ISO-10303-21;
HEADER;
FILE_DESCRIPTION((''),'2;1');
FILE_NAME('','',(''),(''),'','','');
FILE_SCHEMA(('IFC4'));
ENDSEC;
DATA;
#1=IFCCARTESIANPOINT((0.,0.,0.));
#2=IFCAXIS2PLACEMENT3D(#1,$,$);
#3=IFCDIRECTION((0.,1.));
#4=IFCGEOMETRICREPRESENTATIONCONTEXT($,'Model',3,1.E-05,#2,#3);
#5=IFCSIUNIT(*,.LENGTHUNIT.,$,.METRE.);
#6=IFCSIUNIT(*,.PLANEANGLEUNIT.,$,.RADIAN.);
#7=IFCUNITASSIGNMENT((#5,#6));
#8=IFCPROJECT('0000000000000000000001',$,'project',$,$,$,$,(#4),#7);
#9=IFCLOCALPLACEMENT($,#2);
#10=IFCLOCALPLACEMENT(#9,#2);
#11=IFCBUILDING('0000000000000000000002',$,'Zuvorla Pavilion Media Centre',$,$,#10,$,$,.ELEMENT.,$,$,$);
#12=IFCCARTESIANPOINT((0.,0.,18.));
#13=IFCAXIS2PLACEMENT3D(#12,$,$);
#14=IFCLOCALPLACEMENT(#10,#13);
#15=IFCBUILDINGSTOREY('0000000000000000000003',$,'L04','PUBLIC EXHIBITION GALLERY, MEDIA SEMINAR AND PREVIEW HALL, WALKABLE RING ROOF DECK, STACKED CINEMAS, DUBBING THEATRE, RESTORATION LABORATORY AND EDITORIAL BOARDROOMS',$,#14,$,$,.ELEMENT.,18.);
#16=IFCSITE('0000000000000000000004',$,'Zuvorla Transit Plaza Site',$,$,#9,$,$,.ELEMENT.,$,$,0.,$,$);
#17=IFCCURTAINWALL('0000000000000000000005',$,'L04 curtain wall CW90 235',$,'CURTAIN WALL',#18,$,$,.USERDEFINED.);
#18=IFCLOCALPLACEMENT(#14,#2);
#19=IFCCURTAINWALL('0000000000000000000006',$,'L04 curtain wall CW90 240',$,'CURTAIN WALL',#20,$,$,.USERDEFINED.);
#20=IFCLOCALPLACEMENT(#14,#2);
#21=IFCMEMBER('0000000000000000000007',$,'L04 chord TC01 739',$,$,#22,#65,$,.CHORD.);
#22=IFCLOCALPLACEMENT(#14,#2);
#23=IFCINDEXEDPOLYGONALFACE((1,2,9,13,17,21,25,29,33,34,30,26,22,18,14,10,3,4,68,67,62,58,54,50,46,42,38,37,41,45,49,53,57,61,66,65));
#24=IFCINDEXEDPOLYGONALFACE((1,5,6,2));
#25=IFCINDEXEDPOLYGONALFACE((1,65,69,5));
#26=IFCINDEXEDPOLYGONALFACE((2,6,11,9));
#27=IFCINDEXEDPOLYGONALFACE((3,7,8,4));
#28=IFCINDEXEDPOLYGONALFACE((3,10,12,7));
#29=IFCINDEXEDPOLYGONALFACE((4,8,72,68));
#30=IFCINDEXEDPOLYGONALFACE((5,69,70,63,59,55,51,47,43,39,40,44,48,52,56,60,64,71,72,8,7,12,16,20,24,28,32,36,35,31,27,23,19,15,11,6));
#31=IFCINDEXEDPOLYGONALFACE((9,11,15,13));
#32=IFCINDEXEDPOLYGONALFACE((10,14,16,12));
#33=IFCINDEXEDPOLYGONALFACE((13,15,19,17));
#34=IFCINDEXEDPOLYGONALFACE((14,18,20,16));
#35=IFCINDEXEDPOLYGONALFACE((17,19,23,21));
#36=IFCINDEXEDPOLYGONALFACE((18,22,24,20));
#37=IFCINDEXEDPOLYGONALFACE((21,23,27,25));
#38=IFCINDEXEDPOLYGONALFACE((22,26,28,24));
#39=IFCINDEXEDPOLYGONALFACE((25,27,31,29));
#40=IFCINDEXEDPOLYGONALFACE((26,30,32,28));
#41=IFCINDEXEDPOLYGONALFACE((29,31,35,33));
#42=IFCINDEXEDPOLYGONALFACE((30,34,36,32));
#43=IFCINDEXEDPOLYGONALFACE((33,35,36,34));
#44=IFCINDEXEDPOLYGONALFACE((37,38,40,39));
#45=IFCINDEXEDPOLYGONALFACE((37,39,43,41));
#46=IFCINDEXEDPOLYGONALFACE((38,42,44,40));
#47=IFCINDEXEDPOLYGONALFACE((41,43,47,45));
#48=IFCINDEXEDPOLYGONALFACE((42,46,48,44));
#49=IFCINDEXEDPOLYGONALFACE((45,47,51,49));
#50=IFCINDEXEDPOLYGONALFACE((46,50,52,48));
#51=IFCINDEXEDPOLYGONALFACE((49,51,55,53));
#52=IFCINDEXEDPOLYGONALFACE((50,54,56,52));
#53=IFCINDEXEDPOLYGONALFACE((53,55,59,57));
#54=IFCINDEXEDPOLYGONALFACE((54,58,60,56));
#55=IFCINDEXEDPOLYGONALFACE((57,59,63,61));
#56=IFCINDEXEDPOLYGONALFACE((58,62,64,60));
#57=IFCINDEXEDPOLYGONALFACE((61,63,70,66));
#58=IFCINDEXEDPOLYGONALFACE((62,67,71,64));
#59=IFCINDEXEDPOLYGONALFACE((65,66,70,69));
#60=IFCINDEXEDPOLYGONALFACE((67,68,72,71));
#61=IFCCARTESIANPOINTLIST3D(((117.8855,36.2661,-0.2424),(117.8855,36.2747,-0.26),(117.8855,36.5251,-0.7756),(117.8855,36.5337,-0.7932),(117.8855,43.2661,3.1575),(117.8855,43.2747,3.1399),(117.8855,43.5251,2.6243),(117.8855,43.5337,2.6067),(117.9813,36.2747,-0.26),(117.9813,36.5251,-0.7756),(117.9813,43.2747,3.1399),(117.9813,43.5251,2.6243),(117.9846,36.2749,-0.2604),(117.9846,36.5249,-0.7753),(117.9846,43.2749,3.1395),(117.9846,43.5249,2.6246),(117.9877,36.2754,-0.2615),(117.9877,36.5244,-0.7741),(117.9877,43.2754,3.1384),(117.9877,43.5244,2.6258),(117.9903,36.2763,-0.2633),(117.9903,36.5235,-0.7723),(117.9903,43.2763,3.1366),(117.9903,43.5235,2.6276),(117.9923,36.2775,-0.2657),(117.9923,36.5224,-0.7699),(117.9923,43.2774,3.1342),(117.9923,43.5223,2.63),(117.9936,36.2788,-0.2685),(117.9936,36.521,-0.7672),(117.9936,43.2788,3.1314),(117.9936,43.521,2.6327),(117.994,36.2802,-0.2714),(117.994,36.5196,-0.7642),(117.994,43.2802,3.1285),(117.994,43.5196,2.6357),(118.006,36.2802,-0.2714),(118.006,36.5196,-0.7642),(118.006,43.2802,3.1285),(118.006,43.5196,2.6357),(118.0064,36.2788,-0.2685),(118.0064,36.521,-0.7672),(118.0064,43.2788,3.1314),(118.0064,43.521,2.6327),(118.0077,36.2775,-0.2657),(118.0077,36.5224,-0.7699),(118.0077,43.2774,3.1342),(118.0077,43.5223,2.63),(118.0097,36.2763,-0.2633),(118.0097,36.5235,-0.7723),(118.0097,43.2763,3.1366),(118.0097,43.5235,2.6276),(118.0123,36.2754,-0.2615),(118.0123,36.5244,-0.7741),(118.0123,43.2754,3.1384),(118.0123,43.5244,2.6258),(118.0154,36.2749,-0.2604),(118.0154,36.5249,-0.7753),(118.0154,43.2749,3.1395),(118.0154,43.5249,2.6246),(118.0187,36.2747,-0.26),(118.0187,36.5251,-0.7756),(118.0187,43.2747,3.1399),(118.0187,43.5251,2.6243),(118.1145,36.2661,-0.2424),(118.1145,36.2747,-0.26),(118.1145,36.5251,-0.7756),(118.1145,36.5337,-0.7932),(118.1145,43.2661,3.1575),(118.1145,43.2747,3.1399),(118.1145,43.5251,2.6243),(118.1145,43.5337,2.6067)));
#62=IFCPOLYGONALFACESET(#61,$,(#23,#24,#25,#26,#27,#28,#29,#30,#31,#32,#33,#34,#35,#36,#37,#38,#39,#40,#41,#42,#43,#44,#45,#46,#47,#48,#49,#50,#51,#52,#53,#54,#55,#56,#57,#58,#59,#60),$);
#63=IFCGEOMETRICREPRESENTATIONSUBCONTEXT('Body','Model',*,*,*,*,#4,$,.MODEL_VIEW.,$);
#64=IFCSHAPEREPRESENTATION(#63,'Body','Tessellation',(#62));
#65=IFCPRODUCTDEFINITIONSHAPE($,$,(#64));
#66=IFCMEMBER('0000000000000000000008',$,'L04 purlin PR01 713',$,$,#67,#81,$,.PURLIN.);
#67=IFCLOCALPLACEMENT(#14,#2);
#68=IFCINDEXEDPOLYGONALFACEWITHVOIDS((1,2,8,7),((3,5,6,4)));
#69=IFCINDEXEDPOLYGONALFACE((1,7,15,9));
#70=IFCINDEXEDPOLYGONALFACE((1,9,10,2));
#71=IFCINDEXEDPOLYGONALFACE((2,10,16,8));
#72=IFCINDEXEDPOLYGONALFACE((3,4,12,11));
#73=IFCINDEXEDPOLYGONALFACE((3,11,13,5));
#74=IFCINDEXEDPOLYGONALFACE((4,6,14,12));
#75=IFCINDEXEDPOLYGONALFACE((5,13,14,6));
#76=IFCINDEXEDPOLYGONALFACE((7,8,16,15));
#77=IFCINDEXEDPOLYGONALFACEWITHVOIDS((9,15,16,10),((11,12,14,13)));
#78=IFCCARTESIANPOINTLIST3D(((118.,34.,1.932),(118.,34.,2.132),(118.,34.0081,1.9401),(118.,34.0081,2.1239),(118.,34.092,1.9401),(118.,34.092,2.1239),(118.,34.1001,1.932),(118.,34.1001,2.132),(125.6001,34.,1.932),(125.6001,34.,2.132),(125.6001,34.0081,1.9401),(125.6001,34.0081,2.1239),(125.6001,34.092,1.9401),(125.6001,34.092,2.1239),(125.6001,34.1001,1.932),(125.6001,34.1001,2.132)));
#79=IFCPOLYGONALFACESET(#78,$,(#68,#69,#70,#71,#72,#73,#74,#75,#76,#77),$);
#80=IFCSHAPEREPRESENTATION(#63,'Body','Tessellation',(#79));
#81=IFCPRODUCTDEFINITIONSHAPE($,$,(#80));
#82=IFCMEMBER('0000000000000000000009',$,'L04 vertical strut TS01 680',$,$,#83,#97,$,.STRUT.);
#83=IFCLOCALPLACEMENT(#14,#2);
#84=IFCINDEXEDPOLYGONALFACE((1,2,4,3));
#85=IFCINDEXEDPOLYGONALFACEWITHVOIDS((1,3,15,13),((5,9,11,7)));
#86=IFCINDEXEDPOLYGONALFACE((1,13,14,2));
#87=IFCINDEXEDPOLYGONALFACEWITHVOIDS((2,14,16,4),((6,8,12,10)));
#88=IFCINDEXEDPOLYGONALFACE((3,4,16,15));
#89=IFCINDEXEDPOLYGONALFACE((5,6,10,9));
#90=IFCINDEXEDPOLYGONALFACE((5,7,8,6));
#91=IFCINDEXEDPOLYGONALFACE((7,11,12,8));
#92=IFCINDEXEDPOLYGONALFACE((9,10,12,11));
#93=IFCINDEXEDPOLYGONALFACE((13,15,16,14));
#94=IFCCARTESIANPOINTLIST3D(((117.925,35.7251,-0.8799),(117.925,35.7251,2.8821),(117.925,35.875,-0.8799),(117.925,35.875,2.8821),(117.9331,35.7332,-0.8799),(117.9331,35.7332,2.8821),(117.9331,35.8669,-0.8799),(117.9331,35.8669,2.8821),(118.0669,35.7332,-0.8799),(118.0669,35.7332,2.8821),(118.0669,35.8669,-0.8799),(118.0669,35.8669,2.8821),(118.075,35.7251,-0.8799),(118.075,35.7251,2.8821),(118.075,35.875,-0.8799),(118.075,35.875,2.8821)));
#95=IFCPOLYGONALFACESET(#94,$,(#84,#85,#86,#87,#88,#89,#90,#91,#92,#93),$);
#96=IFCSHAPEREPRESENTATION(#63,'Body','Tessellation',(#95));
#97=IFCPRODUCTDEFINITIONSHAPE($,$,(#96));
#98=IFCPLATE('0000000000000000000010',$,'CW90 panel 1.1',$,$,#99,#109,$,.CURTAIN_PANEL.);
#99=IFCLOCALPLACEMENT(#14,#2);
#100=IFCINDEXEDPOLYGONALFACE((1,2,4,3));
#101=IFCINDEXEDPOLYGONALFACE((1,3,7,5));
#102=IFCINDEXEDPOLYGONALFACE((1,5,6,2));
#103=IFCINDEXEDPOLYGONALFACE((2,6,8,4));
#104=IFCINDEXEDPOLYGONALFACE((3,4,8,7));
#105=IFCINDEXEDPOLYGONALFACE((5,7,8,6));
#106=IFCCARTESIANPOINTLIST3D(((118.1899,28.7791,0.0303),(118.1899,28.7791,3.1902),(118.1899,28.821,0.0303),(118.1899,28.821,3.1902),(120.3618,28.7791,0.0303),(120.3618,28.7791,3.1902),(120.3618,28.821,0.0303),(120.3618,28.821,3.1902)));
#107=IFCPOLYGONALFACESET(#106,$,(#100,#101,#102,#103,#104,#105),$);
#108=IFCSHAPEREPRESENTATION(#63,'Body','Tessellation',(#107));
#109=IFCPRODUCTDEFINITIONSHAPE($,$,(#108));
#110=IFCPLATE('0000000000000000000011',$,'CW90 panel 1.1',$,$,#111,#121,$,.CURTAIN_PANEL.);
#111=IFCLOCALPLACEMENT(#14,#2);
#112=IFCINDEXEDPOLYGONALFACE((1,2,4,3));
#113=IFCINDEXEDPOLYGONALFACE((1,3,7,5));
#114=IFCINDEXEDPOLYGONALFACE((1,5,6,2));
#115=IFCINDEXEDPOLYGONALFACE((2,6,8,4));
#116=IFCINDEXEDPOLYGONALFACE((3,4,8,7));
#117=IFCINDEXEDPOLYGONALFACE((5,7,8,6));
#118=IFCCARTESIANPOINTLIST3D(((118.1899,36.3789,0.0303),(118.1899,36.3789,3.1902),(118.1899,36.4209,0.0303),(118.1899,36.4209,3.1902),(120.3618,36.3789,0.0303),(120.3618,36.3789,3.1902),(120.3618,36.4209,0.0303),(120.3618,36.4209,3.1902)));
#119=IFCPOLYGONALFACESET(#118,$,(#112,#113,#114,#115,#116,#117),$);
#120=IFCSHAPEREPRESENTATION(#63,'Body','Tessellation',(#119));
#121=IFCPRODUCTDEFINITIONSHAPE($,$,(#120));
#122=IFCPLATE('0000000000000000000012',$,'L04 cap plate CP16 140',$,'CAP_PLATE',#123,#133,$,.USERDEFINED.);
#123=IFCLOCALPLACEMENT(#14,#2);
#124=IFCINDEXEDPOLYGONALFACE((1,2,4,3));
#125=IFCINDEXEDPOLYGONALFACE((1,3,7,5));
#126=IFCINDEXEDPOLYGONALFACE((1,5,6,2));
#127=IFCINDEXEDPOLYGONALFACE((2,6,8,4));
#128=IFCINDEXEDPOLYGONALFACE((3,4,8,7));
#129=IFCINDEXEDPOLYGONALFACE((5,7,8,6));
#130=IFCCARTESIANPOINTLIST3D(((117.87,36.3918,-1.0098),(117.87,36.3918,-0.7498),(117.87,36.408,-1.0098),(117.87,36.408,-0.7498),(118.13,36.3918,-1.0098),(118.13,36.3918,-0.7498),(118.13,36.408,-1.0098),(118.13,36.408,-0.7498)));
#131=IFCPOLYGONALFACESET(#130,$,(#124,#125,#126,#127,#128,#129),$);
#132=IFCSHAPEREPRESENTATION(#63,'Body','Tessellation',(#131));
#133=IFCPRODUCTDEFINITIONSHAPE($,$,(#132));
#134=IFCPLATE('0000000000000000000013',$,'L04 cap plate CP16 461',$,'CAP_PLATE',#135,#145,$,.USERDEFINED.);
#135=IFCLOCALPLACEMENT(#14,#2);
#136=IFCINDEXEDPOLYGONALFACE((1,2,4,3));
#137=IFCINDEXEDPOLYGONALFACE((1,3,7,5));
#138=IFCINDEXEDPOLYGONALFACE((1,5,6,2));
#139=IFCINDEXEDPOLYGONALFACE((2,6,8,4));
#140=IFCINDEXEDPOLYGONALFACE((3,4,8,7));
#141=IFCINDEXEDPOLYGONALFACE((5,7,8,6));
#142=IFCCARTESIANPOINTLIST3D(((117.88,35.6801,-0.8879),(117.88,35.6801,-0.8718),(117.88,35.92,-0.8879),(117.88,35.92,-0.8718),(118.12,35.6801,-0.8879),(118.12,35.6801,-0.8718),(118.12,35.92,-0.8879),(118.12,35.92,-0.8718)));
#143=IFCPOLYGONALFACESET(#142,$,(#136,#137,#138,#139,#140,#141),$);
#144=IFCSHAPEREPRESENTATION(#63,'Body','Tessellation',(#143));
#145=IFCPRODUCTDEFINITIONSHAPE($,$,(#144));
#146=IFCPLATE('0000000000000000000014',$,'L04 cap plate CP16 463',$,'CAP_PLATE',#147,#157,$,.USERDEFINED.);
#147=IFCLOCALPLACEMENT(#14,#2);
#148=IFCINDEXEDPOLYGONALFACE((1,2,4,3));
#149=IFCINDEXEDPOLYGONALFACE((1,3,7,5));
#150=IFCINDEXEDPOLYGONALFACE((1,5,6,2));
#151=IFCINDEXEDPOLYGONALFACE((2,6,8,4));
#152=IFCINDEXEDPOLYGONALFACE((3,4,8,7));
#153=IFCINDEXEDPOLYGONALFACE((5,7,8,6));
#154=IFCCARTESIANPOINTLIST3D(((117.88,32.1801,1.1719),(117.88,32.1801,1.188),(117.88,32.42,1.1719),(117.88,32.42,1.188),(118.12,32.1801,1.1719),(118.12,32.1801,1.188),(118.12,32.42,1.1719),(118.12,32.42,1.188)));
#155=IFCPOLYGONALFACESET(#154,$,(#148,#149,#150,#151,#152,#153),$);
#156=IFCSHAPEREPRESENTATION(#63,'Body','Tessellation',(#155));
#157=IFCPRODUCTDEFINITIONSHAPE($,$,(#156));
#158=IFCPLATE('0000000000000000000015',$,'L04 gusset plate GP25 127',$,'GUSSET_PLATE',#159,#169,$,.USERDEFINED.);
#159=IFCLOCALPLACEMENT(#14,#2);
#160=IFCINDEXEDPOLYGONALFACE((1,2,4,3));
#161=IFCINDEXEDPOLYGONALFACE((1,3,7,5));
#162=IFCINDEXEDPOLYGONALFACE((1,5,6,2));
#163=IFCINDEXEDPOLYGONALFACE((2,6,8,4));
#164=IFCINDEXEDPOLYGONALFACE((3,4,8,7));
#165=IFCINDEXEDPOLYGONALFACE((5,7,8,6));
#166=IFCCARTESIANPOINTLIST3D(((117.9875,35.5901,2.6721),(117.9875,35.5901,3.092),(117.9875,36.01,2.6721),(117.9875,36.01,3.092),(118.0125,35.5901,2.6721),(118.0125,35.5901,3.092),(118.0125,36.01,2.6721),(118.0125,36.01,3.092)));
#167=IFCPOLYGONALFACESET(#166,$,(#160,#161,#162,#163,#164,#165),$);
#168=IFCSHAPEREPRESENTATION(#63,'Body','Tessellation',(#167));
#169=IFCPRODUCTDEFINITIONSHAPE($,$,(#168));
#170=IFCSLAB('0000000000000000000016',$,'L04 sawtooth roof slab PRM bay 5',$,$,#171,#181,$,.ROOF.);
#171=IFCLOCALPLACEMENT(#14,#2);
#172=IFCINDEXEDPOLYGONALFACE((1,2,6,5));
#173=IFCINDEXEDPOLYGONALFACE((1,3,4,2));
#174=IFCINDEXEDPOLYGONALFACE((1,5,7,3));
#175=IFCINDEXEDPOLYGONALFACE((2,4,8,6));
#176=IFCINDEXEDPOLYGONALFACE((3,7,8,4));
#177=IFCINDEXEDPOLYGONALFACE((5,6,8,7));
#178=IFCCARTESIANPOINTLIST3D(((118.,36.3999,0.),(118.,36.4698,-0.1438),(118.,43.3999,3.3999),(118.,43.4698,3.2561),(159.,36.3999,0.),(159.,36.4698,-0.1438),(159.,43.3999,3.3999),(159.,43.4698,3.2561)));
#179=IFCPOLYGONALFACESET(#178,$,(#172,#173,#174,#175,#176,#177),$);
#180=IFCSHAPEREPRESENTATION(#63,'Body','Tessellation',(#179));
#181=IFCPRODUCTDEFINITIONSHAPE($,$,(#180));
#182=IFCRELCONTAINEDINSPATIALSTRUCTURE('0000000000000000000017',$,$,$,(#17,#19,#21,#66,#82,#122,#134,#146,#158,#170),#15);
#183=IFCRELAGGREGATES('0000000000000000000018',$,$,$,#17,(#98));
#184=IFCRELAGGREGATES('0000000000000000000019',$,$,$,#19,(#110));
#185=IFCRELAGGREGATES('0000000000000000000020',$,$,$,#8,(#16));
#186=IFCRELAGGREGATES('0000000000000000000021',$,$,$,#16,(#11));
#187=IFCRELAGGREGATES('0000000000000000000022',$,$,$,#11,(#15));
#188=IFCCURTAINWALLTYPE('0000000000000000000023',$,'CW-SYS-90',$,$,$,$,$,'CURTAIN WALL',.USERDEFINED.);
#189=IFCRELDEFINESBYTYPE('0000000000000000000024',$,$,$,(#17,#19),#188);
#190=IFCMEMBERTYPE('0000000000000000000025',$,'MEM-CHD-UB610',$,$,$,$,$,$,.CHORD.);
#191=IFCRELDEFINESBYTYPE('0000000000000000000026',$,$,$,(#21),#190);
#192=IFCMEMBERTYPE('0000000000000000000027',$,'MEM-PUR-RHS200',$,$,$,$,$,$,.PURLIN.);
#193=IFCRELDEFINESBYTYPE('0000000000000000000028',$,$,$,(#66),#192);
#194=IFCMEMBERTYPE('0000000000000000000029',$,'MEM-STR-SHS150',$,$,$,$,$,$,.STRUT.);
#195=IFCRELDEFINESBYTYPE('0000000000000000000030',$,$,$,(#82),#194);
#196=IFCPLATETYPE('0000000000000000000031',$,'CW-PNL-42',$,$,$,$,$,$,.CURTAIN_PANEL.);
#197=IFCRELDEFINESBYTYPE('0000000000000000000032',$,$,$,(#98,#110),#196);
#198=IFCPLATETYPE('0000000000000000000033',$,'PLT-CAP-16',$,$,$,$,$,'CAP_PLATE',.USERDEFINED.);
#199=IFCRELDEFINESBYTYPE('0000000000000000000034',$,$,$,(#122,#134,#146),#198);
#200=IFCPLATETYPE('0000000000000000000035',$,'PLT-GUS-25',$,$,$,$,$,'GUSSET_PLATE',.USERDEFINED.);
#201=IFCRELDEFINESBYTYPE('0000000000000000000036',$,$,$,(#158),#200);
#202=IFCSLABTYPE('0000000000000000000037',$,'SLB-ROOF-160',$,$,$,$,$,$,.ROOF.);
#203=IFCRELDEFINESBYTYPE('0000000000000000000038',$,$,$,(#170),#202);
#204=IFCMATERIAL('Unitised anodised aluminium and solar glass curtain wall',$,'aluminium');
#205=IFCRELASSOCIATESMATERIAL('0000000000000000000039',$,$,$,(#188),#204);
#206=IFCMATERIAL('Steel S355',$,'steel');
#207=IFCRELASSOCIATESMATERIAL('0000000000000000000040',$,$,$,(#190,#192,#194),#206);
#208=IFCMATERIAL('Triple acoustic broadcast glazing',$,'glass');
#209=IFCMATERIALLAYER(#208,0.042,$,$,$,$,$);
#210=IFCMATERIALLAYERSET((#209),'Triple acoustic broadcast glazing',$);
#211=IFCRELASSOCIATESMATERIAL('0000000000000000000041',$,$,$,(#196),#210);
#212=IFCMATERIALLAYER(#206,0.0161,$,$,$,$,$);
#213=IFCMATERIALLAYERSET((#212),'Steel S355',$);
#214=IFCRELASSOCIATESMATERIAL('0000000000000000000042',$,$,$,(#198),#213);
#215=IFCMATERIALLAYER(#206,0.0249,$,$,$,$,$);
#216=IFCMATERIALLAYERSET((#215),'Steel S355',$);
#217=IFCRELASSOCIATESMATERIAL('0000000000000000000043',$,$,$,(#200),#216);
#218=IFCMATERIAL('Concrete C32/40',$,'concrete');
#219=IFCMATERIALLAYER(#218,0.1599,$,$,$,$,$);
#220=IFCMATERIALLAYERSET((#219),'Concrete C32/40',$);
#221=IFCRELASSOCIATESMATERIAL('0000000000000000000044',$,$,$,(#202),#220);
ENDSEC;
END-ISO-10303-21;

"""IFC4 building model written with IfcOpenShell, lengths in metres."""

from ifc_helpers import new_model, si_unit, direction, frame, origin, origin_2d, place, context, subcontext, project, spatial, polyline, rectangle, hollow_rectangle, i_section, outline, extrude, material, layer, layer_set, material_profile, profile_set, type_object, element, aggregate, save


model = new_model("IFC4")

# Units and contexts
model_context = context("Model", 3, precision=1e-05, world=origin(), true_north=direction((0.0, 1.0)))
body_context = subcontext(model_context, "Body", "Model", "MODEL_VIEW")
ifc_project = project(units=[si_unit("LENGTHUNIT", "METRE"), si_unit("PLANEANGLEUNIT", "RADIAN")], contexts=[model_context])

# Site, building, storey
site_placement = place(None, origin())
site = spatial("IfcSite", under=ifc_project, at=site_placement, Name="Zuvorla Transit Plaza Site", CompositionType="ELEMENT", RefElevation=0.0)
building_placement = place(site_placement, origin())
building = spatial("IfcBuilding", under=site, at=building_placement, Name="Zuvorla Pavilion Media Centre", CompositionType="ELEMENT")
storey_placement = place(building_placement, frame((0.0, 0.0, 18.0)))
storey = spatial("IfcBuildingStorey", under=building, at=storey_placement, Name="L04", Description="PUBLIC EXHIBITION GALLERY, MEDIA SEMINAR AND PREVIEW HALL, WALKABLE RING ROOF DECK, STACKED CINEMAS, DUBBING THEATRE, RESTORATION LABORATORY AND EDITORIAL BOARDROOMS", CompositionType="ELEMENT", Elevation=18.0)

# Curtain wall
ifc_material_1 = material(Name="Unitised anodised aluminium and solar glass curtain wall", Category="aluminium")
curtain_wall_type = type_object("IfcCurtainWallType", Name="CW-SYS-90", ElementType="CURTAIN WALL", PredefinedType="USERDEFINED", material=ifc_material_1)
curtain_wall_1_placement = place(storey_placement, origin())
curtain_wall_1 = element("IfcCurtainWall", 1, at=curtain_wall_1_placement, inside=storey, type_object=curtain_wall_type, Name="L04 curtain wall CW90 235", ObjectType="CURTAIN WALL", PredefinedType="USERDEFINED")

# Curtain wall
curtain_wall_2_placement = place(storey_placement, origin())
curtain_wall_2 = element("IfcCurtainWall", 2, at=curtain_wall_2_placement, inside=storey, type_object=curtain_wall_type, Name="L04 curtain wall CW90 240", ObjectType="CURTAIN WALL", PredefinedType="USERDEFINED")

# Members
ifc_material_2 = material(Name="Steel S355", Category="steel")
ifc_material_profile_1 = material_profile(ifc_material_2, i_section(OverallWidth=0.229, OverallDepth=0.6123, WebThickness=0.012, FlangeThickness=0.0195, FilletRadius=0.0127, at=origin_2d()), Name="UB 610x229x125")
ifc_profile_set_1 = profile_set([ifc_material_profile_1], Name="Steel S355")
member_type_1 = type_object("IfcMemberType", Name="MEM-CHD-UB610", PredefinedType="CHORD", material=ifc_profile_set_1)
member_1_placement = place(storey_placement, frame((118.0, 36.3999, -0.5178), z_axis=(0.0, 0.899513, 0.436894), x_axis=(-1.0, 0.0, 0.0)))
element("IfcMember", 3, at=member_1_placement, inside=storey, type_object=member_type_1, Name="L04 chord TC01 739", PredefinedType="CHORD", context=body_context, shape_type="SweptSolid", body=[
    extrude(i_section(OverallWidth=0.229, OverallDepth=0.6123, WebThickness=0.012, FlangeThickness=0.0195, FilletRadius=0.0127, at=origin_2d()), origin(), (0.0, 0.0, 1.0), 7.782),
])
ifc_material_profile_2 = material_profile(ifc_material_2, hollow_rectangle(XDim=0.1001, YDim=0.2, WallThickness=0.0081, at=origin_2d()), Name="RHS 200x100x8")
ifc_profile_set_2 = profile_set([ifc_material_profile_2], Name="Steel S355")
member_type_2 = type_object("IfcMemberType", Name="MEM-PUR-RHS200", PredefinedType="PURLIN", material=ifc_profile_set_2)
member_2_placement = place(storey_placement, frame((118.0, 34.05, 2.032), z_axis=(1.0, 0.0, 0.0), x_axis=(0.0, 1.0, 0.0)))
element("IfcMember", 4, at=member_2_placement, inside=storey, type_object=member_type_2, Name="L04 purlin PR01 713", PredefinedType="PURLIN", context=body_context, shape_type="SweptSolid", body=[
    extrude(hollow_rectangle(XDim=0.1001, YDim=0.2, WallThickness=0.0081, at=origin_2d()), origin(), (0.0, 0.0, 1.0), 7.6001),
])
ifc_material_profile_3 = material_profile(ifc_material_2, hollow_rectangle(XDim=0.1499, YDim=0.1499, WallThickness=0.0081, at=origin_2d()), Name="SHS 150x150x8")
ifc_profile_set_3 = profile_set([ifc_material_profile_3], Name="Steel S355")
member_type_3 = type_object("IfcMemberType", Name="MEM-STR-SHS150", PredefinedType="STRUT", material=ifc_profile_set_3)
member_3_placement = place(storey_placement, frame((118.0, 35.8, -0.8799), z_axis=(0.0, 0.0, 1.0), x_axis=(1.0, 0.0, 0.0)))
element("IfcMember", 5, at=member_3_placement, inside=storey, type_object=member_type_3, Name="L04 vertical strut TS01 680", PredefinedType="STRUT", context=body_context, shape_type="SweptSolid", body=[
    extrude(hollow_rectangle(XDim=0.1499, YDim=0.1499, WallThickness=0.0081, at=origin_2d()), origin(), (0.0, 0.0, 1.0), 3.762),
])

# Plates
ifc_material_3 = material(Name="Triple acoustic broadcast glazing", Category="glass")
ifc_layer_1 = layer(ifc_material_3, 0.042)
ifc_layer_set_1 = layer_set([ifc_layer_1], Name="Triple acoustic broadcast glazing")
plate_type_1 = type_object("IfcPlateType", Name="CW-PNL-42", PredefinedType="CURTAIN_PANEL", material=ifc_layer_set_1)
plate_1_placement = place(storey_placement, frame((119.2759, 28.8, 0.0303), z_axis=(0.0, 0.0, 1.0), x_axis=(1.0, 0.0, 0.0)))
plate_1 = element("IfcPlate", 6, at=plate_1_placement, type_object=plate_type_1, Name="CW90 panel 1.1", PredefinedType="CURTAIN_PANEL", context=body_context, shape_type="SweptSolid", body=[
    extrude(rectangle(XDim=2.1719, YDim=0.042, at=origin_2d()), origin(), (0.0, 0.0, 1.0), 3.1599),
])
aggregate(curtain_wall_1, [plate_1])
plate_2_placement = place(storey_placement, frame((119.2759, 36.3999, 0.0303), z_axis=(0.0, 0.0, 1.0), x_axis=(1.0, 0.0, 0.0)))
plate_2 = element("IfcPlate", 7, at=plate_2_placement, type_object=plate_type_1, Name="CW90 panel 1.1", PredefinedType="CURTAIN_PANEL", context=body_context, shape_type="SweptSolid", body=[
    extrude(rectangle(XDim=2.1719, YDim=0.042, at=origin_2d()), origin(), (0.0, 0.0, 1.0), 3.1599),
])
aggregate(curtain_wall_2, [plate_2])

# Plates
ifc_layer_2 = layer(ifc_material_2, 0.0161)
ifc_layer_set_2 = layer_set([ifc_layer_2], Name="Steel S355")
plate_type_2 = type_object("IfcPlateType", Name="PLT-CAP-16", ElementType="CAP_PLATE", PredefinedType="USERDEFINED", material=ifc_layer_set_2)
plate_3_placement = place(storey_placement, frame((118.0, 36.3999, -1.0098), z_axis=(0.0, 0.0, 1.0), x_axis=(1.0, 0.0, 0.0)))
element("IfcPlate", 8, at=plate_3_placement, inside=storey, type_object=plate_type_2, Name="L04 cap plate CP16 140", ObjectType="CAP_PLATE", PredefinedType="USERDEFINED", context=body_context, shape_type="SweptSolid", body=[
    extrude(rectangle(XDim=0.26, YDim=0.0161, at=origin_2d()), origin(), (0.0, 0.0, 1.0), 0.26),
])
for number, where, z_axis, x_axis, name in (
    (9, (118.0, 35.8, -0.8879), (0.0, 0.0, 1.0), (1.0, 0.0, 0.0), "L04 cap plate CP16 461"),
    (10, (118.0, 32.3, 1.1719), (0.0, 0.0, 1.0), (1.0, 0.0, 0.0), "L04 cap plate CP16 463"),
):
    element("IfcPlate", number, at=place(storey_placement, frame(where, z_axis=z_axis, x_axis=x_axis)), inside=storey, type_object=plate_type_2, Name=name, ObjectType="CAP_PLATE", PredefinedType="USERDEFINED", context=body_context, shape_type="SweptSolid", body=[
        extrude(rectangle(XDim=0.24, YDim=0.24, at=origin_2d()), origin(), (0.0, 0.0, 1.0), 0.0161),
    ])
ifc_layer_3 = layer(ifc_material_2, 0.0249)
ifc_layer_set_3 = layer_set([ifc_layer_3], Name="Steel S355")
plate_type_3 = type_object("IfcPlateType", Name="PLT-GUS-25", ElementType="GUSSET_PLATE", PredefinedType="USERDEFINED", material=ifc_layer_set_3)
plate_4_placement = place(storey_placement, frame((118.0, 35.8, 2.6721), z_axis=(0.0, 0.0, 1.0), x_axis=(1.0, 0.0, 0.0)))
element("IfcPlate", 11, at=plate_4_placement, inside=storey, type_object=plate_type_3, Name="L04 gusset plate GP25 127", ObjectType="GUSSET_PLATE", PredefinedType="USERDEFINED", context=body_context, shape_type="SweptSolid", body=[
    extrude(rectangle(XDim=0.0249, YDim=0.4199, at=origin_2d()), origin(), (0.0, 0.0, 1.0), 0.4199),
])

# Slab
ifc_material_4 = material(Name="Concrete C32/40", Category="concrete")
ifc_layer_4 = layer(ifc_material_4, 0.1599)
ifc_layer_set_4 = layer_set([ifc_layer_4], Name="Concrete C32/40")
slab_type = type_object("IfcSlabType", Name="SLB-ROOF-160", PredefinedType="ROOF", material=ifc_layer_set_4)
slab_placement = place(storey_placement, frame((118.0, 36.3999, 0.0), z_axis=(0.0, -0.436894, 0.899513), x_axis=(1.0, 0.0, 0.0)))
element("IfcSlab", 12, at=slab_placement, inside=storey, type_object=slab_type, Name="L04 sawtooth roof slab PRM bay 5", PredefinedType="ROOF", context=body_context, shape_type="SweptSolid", body=[
    extrude(outline(polyline([(0.0, 0.0), (41.0, 0.0), (41.0, 7.782), (0.0, 7.782), (0.0, 0.0)])), origin(), (0.0, 0.0, -1.0), 0.1599),
])

save(model, "model.ifc")
